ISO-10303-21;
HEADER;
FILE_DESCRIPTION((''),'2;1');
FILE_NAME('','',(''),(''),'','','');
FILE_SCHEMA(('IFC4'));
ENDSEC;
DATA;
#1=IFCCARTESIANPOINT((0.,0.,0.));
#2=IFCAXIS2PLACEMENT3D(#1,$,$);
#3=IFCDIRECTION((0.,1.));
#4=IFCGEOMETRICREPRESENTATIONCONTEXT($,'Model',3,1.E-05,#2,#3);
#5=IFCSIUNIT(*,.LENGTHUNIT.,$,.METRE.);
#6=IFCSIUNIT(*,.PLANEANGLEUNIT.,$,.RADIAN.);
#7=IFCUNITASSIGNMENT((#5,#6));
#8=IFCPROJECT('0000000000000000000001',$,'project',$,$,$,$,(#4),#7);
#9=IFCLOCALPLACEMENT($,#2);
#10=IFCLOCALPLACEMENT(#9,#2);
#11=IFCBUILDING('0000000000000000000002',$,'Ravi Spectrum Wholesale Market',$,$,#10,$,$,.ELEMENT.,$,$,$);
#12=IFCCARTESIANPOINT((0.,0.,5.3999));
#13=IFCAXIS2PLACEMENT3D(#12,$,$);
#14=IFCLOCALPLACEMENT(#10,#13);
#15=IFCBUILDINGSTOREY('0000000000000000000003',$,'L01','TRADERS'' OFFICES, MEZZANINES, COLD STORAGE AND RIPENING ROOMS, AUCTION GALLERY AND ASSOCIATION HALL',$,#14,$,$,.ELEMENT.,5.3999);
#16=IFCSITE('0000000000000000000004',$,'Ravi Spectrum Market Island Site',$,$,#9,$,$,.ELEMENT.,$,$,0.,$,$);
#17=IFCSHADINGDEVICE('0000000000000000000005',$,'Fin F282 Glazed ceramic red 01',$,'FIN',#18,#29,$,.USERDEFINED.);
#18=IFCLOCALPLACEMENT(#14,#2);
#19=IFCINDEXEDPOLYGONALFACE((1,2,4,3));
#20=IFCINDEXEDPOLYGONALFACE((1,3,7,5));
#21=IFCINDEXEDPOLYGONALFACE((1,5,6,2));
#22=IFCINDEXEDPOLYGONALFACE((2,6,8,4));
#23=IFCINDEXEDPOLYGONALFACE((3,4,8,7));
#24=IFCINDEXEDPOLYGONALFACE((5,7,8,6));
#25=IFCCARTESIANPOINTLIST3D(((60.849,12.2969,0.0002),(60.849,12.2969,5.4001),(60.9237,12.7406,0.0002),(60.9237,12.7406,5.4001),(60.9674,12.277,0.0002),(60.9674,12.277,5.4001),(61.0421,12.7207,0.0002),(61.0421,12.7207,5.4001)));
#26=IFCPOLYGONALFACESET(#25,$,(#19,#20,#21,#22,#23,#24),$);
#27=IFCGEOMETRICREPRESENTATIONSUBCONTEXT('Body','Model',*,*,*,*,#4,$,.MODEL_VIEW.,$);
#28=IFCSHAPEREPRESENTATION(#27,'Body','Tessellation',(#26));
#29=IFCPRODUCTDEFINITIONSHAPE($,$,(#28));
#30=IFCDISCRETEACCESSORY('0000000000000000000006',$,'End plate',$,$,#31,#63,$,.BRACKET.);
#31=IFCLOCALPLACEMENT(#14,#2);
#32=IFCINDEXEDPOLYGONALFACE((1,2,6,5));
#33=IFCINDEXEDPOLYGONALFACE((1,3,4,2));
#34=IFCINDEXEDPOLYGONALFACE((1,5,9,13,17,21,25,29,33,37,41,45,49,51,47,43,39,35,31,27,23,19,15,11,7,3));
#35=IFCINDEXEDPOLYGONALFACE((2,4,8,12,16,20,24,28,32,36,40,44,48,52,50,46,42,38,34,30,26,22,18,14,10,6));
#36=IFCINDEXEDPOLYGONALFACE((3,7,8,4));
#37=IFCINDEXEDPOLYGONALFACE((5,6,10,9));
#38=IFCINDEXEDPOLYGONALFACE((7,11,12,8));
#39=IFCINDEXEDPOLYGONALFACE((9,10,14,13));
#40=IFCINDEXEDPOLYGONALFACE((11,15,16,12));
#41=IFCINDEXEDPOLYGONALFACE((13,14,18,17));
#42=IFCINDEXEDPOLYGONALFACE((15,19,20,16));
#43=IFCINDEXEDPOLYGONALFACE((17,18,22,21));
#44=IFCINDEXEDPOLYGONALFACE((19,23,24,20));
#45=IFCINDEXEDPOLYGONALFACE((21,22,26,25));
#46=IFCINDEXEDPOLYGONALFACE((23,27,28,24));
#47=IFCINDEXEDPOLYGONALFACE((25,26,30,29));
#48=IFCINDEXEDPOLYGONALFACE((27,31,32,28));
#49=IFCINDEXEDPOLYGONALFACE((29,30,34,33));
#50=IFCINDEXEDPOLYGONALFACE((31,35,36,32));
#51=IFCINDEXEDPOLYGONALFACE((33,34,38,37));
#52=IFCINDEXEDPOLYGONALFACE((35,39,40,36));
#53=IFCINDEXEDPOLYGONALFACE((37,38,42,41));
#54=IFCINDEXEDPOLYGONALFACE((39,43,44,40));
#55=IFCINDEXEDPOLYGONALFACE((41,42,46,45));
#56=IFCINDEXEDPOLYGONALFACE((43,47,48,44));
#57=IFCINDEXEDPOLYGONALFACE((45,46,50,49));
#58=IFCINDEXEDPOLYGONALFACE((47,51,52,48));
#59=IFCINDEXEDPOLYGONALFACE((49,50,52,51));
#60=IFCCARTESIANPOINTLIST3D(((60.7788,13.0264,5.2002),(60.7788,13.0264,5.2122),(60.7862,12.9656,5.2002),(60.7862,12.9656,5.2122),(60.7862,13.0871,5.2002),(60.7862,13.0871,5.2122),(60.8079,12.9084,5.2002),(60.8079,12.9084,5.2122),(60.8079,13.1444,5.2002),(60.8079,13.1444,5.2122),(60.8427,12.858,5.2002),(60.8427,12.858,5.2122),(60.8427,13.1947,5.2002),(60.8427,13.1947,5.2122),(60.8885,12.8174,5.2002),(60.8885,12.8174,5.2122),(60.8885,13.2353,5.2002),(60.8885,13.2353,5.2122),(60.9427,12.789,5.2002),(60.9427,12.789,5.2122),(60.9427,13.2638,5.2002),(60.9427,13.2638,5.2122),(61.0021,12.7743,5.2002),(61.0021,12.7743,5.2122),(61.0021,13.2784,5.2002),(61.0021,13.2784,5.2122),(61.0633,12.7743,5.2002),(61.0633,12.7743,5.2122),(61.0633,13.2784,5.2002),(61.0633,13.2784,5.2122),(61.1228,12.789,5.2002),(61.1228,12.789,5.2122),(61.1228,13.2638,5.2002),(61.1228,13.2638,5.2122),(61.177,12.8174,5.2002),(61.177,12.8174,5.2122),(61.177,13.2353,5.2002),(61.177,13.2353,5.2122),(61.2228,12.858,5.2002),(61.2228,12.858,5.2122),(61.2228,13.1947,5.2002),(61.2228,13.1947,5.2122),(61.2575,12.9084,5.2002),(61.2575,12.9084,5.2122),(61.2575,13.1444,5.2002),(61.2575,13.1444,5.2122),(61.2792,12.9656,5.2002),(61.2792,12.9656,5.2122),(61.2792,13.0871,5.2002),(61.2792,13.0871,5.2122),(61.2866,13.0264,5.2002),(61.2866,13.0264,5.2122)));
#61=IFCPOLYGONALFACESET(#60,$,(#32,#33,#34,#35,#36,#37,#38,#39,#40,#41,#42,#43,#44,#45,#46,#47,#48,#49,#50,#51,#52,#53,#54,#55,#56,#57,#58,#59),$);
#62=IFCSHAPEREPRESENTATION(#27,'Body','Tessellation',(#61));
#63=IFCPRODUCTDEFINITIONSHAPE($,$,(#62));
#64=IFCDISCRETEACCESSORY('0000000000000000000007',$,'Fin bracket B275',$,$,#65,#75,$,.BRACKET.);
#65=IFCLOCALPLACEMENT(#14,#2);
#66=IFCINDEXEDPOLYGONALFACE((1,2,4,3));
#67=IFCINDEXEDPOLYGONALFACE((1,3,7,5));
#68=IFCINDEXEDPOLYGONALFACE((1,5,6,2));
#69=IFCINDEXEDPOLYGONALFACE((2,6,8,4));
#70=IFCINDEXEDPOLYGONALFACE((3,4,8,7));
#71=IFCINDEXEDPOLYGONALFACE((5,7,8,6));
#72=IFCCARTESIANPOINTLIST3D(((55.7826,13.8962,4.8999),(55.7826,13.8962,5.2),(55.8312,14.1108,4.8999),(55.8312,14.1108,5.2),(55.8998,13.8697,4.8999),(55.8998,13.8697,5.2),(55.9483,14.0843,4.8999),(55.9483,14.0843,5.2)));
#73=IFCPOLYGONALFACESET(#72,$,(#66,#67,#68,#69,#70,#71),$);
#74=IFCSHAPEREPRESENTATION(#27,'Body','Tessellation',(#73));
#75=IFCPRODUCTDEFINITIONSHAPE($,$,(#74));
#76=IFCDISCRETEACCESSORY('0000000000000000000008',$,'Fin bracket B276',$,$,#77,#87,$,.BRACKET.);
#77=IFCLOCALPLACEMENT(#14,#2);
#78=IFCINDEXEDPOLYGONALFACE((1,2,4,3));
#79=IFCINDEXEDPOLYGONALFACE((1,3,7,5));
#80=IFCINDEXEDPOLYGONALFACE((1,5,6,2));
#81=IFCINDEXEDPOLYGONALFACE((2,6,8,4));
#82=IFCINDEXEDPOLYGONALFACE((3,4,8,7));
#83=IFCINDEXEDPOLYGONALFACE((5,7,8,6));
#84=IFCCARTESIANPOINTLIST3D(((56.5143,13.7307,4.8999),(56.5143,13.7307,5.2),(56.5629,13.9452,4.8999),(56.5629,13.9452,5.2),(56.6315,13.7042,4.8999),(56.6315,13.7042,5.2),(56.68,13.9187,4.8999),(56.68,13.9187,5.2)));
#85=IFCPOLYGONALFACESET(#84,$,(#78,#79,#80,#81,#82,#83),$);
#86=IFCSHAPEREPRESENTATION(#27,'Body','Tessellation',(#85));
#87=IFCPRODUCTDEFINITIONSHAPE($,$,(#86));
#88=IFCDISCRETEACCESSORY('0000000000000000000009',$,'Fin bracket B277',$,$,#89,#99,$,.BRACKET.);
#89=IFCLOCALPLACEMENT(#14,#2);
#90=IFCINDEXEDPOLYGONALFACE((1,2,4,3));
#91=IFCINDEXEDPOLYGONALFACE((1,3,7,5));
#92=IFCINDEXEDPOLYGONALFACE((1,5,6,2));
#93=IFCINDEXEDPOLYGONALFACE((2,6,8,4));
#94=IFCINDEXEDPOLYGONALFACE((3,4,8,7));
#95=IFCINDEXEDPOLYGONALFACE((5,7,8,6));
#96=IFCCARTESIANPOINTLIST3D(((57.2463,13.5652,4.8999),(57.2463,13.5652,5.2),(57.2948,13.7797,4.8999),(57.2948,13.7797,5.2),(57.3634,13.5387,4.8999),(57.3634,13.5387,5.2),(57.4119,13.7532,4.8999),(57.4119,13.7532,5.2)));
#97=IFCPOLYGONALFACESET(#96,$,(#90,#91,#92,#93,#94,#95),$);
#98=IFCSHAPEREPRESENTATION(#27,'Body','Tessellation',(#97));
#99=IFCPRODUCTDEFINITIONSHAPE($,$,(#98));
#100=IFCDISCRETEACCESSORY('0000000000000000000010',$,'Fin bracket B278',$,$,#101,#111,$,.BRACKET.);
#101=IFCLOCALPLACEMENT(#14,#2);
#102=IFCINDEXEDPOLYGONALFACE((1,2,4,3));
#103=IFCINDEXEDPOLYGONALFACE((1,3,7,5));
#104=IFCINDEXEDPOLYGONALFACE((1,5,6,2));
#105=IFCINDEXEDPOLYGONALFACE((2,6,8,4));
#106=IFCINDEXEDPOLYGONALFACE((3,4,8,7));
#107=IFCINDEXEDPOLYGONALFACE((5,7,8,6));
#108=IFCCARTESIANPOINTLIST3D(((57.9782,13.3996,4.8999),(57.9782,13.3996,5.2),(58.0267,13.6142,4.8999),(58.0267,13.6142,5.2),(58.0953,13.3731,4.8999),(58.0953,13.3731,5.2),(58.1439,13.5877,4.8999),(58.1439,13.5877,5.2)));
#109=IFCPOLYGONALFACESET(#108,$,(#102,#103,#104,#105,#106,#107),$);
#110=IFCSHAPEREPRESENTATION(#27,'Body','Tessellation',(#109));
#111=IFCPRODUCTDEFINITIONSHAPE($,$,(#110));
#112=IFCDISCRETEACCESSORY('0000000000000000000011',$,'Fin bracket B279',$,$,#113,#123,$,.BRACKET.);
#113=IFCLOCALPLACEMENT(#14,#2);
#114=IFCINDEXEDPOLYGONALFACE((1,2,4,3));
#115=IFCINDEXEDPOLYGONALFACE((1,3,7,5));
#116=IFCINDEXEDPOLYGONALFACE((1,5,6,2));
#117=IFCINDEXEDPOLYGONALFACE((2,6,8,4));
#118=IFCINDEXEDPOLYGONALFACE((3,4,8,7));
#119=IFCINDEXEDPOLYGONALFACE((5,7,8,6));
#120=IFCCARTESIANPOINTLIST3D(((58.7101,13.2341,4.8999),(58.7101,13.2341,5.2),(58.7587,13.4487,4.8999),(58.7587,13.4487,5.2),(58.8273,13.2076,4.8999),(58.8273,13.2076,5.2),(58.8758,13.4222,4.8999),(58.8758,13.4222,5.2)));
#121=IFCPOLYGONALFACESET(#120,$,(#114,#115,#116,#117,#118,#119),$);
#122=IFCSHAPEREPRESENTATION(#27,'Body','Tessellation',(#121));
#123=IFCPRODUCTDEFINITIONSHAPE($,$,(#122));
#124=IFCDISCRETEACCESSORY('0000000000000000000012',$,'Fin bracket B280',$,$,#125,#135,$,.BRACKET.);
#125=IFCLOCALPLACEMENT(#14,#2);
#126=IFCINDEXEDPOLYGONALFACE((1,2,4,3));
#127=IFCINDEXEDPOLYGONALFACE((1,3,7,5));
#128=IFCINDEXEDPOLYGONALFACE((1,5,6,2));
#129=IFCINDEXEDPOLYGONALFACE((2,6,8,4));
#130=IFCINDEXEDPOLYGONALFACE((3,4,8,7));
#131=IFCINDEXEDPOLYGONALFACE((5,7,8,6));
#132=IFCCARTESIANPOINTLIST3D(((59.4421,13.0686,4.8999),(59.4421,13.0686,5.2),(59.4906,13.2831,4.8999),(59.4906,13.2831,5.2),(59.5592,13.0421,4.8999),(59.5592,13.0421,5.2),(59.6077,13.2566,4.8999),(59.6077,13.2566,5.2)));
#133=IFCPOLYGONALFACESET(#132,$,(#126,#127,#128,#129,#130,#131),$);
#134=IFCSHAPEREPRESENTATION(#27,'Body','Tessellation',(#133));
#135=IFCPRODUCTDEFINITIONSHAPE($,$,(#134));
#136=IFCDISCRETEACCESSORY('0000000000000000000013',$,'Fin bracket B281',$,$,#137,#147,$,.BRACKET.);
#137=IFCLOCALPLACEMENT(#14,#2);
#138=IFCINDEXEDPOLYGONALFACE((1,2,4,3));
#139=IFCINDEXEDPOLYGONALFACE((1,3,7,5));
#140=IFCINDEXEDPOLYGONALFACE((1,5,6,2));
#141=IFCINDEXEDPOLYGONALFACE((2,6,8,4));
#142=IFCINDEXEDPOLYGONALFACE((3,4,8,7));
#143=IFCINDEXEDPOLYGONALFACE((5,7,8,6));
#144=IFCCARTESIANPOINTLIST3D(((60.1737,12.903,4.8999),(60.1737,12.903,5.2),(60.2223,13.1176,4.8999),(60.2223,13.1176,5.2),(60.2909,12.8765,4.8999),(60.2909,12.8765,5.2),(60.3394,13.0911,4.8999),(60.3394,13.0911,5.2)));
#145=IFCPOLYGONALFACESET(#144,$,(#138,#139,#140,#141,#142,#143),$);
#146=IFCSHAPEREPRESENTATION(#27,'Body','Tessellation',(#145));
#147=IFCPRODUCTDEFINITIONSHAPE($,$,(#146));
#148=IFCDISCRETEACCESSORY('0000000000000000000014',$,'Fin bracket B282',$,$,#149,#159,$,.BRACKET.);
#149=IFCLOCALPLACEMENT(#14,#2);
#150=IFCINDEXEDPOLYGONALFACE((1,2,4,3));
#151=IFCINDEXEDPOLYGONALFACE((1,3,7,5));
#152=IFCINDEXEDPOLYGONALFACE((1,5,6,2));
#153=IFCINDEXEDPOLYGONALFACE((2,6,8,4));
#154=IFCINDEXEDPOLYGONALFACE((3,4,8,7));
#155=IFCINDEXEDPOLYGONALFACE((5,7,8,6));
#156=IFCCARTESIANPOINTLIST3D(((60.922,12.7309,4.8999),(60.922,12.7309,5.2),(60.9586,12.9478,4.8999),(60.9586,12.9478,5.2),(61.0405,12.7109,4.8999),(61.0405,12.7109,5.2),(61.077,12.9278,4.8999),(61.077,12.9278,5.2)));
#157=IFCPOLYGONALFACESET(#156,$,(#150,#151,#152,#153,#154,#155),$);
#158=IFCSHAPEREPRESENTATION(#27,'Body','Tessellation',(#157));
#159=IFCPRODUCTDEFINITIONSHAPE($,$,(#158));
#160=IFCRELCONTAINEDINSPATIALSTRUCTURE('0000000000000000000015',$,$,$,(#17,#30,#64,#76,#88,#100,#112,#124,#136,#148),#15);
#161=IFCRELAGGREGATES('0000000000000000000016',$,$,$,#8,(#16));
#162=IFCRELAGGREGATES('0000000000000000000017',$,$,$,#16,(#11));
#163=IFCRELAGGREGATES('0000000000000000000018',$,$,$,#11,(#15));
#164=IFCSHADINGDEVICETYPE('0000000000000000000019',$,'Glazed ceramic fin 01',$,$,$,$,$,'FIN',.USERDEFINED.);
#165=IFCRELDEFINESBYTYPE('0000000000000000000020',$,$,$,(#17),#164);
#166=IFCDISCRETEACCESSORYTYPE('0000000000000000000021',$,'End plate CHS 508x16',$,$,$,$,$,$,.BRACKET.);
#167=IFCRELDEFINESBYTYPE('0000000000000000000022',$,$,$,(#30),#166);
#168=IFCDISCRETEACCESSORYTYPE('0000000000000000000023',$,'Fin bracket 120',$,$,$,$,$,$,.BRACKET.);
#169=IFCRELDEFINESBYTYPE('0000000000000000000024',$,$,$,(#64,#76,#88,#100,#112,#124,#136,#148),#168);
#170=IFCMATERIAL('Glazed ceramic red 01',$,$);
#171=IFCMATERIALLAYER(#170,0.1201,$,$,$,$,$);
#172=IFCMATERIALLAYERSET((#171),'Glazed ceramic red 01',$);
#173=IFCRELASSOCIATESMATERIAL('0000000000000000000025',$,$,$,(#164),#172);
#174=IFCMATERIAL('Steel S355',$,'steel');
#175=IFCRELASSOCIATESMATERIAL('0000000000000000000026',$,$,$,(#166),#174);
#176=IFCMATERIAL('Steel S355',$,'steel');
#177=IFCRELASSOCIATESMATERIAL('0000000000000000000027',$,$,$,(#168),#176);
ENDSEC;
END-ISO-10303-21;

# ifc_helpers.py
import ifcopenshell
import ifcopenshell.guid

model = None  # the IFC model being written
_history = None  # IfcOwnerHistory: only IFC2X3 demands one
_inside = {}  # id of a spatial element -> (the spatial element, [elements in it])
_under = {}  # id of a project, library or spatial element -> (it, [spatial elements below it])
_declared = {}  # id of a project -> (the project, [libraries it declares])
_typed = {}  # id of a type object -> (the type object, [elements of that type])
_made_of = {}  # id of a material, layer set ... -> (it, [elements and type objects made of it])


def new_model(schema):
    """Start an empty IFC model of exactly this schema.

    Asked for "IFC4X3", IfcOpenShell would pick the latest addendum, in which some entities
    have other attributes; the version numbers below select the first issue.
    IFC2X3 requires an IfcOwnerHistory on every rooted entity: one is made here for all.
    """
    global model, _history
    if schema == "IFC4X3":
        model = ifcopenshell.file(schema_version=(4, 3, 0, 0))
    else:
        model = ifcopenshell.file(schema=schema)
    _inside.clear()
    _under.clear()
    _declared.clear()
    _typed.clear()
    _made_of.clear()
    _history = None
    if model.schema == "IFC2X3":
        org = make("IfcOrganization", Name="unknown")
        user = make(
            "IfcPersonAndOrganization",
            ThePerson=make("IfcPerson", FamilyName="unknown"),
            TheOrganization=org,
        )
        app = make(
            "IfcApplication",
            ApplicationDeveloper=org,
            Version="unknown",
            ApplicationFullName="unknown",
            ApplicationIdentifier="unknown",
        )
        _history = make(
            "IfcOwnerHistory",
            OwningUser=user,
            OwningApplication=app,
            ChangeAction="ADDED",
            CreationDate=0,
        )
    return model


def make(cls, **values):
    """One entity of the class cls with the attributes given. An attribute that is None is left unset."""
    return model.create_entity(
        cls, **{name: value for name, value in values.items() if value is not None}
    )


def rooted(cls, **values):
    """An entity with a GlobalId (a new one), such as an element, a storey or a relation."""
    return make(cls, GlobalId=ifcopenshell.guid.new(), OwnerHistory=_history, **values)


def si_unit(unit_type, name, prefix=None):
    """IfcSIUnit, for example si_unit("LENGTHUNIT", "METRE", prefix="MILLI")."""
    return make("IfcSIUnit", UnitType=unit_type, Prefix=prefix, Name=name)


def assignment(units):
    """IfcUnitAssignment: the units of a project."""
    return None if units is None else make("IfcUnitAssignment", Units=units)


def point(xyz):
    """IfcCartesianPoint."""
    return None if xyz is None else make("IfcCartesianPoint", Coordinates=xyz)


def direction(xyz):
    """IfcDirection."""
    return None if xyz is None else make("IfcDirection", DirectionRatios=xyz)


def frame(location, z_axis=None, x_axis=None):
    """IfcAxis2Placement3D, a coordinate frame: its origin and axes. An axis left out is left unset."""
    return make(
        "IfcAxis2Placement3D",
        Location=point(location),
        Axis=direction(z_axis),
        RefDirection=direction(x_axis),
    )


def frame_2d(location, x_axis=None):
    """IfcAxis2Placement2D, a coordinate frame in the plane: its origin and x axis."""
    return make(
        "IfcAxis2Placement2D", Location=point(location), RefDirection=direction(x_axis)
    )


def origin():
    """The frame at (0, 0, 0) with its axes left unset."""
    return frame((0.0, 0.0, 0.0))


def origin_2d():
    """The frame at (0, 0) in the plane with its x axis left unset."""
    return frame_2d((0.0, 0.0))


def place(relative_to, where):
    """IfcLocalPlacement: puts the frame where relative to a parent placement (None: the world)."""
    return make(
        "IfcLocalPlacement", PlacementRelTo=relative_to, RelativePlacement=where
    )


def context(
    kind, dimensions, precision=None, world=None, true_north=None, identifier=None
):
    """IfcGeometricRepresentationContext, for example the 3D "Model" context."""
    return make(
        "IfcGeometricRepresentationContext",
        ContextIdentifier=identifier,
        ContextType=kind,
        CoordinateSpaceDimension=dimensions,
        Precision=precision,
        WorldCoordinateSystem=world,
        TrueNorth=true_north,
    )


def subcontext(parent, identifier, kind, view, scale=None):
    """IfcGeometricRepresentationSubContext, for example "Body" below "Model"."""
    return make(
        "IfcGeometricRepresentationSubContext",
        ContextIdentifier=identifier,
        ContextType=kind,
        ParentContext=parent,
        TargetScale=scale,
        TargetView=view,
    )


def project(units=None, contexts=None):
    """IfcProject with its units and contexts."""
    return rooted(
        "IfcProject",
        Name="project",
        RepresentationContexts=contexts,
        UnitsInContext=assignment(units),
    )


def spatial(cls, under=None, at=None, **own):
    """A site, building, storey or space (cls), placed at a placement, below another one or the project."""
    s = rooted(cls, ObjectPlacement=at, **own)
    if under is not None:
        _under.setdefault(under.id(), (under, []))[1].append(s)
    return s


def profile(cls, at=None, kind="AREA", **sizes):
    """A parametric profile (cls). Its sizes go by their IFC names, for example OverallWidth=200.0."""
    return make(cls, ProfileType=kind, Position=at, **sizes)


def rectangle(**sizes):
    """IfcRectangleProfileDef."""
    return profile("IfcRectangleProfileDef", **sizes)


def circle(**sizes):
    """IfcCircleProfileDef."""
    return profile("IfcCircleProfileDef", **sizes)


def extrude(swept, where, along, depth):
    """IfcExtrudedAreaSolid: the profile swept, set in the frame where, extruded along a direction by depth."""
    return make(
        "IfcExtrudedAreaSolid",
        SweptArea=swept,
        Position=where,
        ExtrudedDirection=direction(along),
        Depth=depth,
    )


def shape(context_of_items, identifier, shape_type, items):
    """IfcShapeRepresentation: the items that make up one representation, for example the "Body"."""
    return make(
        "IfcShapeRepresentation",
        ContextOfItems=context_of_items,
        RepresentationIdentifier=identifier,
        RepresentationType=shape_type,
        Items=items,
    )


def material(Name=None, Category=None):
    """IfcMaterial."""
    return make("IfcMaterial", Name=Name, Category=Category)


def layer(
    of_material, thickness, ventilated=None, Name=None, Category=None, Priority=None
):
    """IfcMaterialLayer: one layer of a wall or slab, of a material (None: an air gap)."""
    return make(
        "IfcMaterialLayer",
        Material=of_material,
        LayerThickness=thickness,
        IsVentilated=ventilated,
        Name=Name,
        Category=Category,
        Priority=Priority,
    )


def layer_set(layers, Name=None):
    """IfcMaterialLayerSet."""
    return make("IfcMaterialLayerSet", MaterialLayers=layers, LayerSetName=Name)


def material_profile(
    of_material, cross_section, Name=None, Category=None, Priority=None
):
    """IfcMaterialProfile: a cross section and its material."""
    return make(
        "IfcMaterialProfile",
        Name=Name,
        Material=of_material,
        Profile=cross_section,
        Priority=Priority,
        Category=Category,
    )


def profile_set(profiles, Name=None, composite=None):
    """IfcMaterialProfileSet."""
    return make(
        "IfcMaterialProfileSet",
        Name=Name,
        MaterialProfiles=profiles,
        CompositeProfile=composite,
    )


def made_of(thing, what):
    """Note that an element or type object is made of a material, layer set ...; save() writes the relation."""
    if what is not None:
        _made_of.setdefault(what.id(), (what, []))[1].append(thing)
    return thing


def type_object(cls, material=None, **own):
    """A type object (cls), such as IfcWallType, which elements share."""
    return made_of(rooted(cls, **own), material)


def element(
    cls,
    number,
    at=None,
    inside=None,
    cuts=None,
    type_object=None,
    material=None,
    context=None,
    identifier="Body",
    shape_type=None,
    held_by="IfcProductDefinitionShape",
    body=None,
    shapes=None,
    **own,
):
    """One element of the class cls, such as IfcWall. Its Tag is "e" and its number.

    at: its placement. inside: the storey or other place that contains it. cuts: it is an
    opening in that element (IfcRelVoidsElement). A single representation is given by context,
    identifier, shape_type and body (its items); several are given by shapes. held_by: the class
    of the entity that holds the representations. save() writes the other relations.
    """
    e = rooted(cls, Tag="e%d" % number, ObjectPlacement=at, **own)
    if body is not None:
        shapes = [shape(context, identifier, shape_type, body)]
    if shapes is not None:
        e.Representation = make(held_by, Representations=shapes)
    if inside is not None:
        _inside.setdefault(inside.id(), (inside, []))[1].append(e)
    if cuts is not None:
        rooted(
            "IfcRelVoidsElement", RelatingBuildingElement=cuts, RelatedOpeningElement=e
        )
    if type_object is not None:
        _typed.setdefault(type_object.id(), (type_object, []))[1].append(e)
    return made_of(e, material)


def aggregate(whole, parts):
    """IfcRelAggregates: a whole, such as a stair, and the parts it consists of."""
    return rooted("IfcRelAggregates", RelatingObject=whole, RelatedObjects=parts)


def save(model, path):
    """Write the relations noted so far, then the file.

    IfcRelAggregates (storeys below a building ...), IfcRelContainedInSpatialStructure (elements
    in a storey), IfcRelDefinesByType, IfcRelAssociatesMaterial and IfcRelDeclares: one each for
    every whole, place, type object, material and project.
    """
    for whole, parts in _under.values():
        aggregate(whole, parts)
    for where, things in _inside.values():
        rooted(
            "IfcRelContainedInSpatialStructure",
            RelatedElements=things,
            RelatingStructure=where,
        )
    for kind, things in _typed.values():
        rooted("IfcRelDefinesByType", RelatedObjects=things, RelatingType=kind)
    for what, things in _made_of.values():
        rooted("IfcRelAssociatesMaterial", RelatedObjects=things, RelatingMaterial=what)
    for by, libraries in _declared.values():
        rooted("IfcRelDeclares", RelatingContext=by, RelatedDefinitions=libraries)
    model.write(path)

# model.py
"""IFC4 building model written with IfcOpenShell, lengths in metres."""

from ifc_helpers import new_model, si_unit, direction, frame, origin, origin_2d, place, context, subcontext, project, spatial, rectangle, circle, extrude, material, layer, layer_set, material_profile, profile_set, type_object, element, save


model = new_model("IFC4")

# Units and contexts
model_context = context("Model", 3, precision=1e-05, world=origin(), true_north=direction((0.0, 1.0)))
body_context = subcontext(model_context, "Body", "Model", "MODEL_VIEW")
ifc_project = project(units=[si_unit("LENGTHUNIT", "METRE"), si_unit("PLANEANGLEUNIT", "RADIAN")], contexts=[model_context])

# Site, building, storey
site_placement = place(None, origin())
site = spatial("IfcSite", under=ifc_project, at=site_placement, Name="Ravi Spectrum Market Island Site", CompositionType="ELEMENT", RefElevation=0.0)
building_placement = place(site_placement, origin())
building = spatial("IfcBuilding", under=site, at=building_placement, Name="Ravi Spectrum Wholesale Market", CompositionType="ELEMENT")
storey_placement = place(building_placement, frame((0.0, 0.0, 5.3999)))
storey = spatial("IfcBuildingStorey", under=building, at=storey_placement, Name="L01", Description="TRADERS' OFFICES, MEZZANINES, COLD STORAGE AND RIPENING ROOMS, AUCTION GALLERY AND ASSOCIATION HALL", CompositionType="ELEMENT", Elevation=5.3999)

# Shading device
ifc_material_1 = material(Name="Glazed ceramic red 01")
ifc_layer_1 = layer(ifc_material_1, 0.1201)
ifc_layer_set_1 = layer_set([ifc_layer_1], Name="Glazed ceramic red 01")
shading_device_type = type_object("IfcShadingDeviceType", Name="Glazed ceramic fin 01", ElementType="FIN", PredefinedType="USERDEFINED", material=ifc_layer_set_1)
for number, where, z_axis, x_axis, name in (
    (1, (60.9456, 12.5088, 0.0002), (0.0, 0.0, 1.0), (0.986115, -0.166062, 0.0), "Fin F282 Glazed ceramic red 01"),
):
    element("IfcShadingDevice", number, at=place(storey_placement, frame(where, z_axis=z_axis, x_axis=x_axis)), inside=storey, type_object=shading_device_type, Name=name, ObjectType="FIN", PredefinedType="USERDEFINED", context=body_context, shape_type="SweptSolid", body=[
        extrude(rectangle(XDim=0.1201, YDim=0.45, at=origin_2d()), origin(), (0.0, 0.0, 1.0), 5.3999),
    ])

# Discrete accessories
ifc_material_2 = material(Name="Steel S355", Category="steel")
ifc_material_profile_1 = material_profile(ifc_material_2, circle(Radius=0.2539, at=origin_2d()))
ifc_profile_set_1 = profile_set([ifc_material_profile_1], Name="Steel S355")
discrete_accessory_type_1 = type_object("IfcDiscreteAccessoryType", Name="End plate CHS 508x16", PredefinedType="BRACKET", material=ifc_profile_set_1)
discrete_accessory_placement = place(storey_placement, frame((61.0327, 13.0264, 5.2002), z_axis=(0.0, 0.0, 1.0), x_axis=(1.0, 0.0, 0.0)))
element("IfcDiscreteAccessory", 2, at=discrete_accessory_placement, inside=storey, type_object=discrete_accessory_type_1, Name="End plate", PredefinedType="BRACKET", context=body_context, shape_type="SweptSolid", body=[
    extrude(circle(Radius=0.2539, at=origin_2d()), origin(), (0.0, 0.0, 1.0), 0.012),
])
ifc_material_3 = material(Name="Steel S355", Category="steel")
discrete_accessory_type_2 = type_object("IfcDiscreteAccessoryType", Name="Fin bracket 120", PredefinedType="BRACKET", material=ifc_material_3)
for number, where, z_axis, x_axis, name in (
    (3, (55.8655, 13.9902, 4.8999), (0.0, 0.0, 1.0), (0.975361, -0.220616, 0.0), "Fin bracket B275"),
    (4, (56.5972, 13.8247, 4.8999), (0.0, 0.0, 1.0), (0.975361, -0.220616, 0.0), "Fin bracket B276"),
    (5, (57.3291, 13.6592, 4.8999), (0.0, 0.0, 1.0), (0.975361, -0.220616, 0.0), "Fin bracket B277"),
    (6, (58.061, 13.4937, 4.8999), (0.0, 0.0, 1.0), (0.975361, -0.220616, 0.0), "Fin bracket B278"),
    (7, (58.793, 13.3281, 4.8999), (0.0, 0.0, 1.0), (0.975361, -0.220616, 0.0), "Fin bracket B279"),
    (8, (59.5249, 13.1626, 4.8999), (0.0, 0.0, 1.0), (0.975361, -0.220616, 0.0), "Fin bracket B280"),
    (9, (60.2566, 12.9971, 4.8999), (0.0, 0.0, 1.0), (0.975361, -0.220616, 0.0), "Fin bracket B281"),
    (10, (60.9995, 12.8293, 4.8999), (0.0, 0.0, 1.0), (0.986115, -0.166062, 0.0), "Fin bracket B282"),
):
    element("IfcDiscreteAccessory", number, at=place(storey_placement, frame(where, z_axis=z_axis, x_axis=x_axis)), inside=storey, type_object=discrete_accessory_type_2, Name=name, PredefinedType="BRACKET", context=body_context, shape_type="SweptSolid", body=[
        extrude(rectangle(XDim=0.1201, YDim=0.22, at=origin_2d()), origin(), (0.0, 0.0, 1.0), 0.3),
    ])

save(model, "model.ifc")
